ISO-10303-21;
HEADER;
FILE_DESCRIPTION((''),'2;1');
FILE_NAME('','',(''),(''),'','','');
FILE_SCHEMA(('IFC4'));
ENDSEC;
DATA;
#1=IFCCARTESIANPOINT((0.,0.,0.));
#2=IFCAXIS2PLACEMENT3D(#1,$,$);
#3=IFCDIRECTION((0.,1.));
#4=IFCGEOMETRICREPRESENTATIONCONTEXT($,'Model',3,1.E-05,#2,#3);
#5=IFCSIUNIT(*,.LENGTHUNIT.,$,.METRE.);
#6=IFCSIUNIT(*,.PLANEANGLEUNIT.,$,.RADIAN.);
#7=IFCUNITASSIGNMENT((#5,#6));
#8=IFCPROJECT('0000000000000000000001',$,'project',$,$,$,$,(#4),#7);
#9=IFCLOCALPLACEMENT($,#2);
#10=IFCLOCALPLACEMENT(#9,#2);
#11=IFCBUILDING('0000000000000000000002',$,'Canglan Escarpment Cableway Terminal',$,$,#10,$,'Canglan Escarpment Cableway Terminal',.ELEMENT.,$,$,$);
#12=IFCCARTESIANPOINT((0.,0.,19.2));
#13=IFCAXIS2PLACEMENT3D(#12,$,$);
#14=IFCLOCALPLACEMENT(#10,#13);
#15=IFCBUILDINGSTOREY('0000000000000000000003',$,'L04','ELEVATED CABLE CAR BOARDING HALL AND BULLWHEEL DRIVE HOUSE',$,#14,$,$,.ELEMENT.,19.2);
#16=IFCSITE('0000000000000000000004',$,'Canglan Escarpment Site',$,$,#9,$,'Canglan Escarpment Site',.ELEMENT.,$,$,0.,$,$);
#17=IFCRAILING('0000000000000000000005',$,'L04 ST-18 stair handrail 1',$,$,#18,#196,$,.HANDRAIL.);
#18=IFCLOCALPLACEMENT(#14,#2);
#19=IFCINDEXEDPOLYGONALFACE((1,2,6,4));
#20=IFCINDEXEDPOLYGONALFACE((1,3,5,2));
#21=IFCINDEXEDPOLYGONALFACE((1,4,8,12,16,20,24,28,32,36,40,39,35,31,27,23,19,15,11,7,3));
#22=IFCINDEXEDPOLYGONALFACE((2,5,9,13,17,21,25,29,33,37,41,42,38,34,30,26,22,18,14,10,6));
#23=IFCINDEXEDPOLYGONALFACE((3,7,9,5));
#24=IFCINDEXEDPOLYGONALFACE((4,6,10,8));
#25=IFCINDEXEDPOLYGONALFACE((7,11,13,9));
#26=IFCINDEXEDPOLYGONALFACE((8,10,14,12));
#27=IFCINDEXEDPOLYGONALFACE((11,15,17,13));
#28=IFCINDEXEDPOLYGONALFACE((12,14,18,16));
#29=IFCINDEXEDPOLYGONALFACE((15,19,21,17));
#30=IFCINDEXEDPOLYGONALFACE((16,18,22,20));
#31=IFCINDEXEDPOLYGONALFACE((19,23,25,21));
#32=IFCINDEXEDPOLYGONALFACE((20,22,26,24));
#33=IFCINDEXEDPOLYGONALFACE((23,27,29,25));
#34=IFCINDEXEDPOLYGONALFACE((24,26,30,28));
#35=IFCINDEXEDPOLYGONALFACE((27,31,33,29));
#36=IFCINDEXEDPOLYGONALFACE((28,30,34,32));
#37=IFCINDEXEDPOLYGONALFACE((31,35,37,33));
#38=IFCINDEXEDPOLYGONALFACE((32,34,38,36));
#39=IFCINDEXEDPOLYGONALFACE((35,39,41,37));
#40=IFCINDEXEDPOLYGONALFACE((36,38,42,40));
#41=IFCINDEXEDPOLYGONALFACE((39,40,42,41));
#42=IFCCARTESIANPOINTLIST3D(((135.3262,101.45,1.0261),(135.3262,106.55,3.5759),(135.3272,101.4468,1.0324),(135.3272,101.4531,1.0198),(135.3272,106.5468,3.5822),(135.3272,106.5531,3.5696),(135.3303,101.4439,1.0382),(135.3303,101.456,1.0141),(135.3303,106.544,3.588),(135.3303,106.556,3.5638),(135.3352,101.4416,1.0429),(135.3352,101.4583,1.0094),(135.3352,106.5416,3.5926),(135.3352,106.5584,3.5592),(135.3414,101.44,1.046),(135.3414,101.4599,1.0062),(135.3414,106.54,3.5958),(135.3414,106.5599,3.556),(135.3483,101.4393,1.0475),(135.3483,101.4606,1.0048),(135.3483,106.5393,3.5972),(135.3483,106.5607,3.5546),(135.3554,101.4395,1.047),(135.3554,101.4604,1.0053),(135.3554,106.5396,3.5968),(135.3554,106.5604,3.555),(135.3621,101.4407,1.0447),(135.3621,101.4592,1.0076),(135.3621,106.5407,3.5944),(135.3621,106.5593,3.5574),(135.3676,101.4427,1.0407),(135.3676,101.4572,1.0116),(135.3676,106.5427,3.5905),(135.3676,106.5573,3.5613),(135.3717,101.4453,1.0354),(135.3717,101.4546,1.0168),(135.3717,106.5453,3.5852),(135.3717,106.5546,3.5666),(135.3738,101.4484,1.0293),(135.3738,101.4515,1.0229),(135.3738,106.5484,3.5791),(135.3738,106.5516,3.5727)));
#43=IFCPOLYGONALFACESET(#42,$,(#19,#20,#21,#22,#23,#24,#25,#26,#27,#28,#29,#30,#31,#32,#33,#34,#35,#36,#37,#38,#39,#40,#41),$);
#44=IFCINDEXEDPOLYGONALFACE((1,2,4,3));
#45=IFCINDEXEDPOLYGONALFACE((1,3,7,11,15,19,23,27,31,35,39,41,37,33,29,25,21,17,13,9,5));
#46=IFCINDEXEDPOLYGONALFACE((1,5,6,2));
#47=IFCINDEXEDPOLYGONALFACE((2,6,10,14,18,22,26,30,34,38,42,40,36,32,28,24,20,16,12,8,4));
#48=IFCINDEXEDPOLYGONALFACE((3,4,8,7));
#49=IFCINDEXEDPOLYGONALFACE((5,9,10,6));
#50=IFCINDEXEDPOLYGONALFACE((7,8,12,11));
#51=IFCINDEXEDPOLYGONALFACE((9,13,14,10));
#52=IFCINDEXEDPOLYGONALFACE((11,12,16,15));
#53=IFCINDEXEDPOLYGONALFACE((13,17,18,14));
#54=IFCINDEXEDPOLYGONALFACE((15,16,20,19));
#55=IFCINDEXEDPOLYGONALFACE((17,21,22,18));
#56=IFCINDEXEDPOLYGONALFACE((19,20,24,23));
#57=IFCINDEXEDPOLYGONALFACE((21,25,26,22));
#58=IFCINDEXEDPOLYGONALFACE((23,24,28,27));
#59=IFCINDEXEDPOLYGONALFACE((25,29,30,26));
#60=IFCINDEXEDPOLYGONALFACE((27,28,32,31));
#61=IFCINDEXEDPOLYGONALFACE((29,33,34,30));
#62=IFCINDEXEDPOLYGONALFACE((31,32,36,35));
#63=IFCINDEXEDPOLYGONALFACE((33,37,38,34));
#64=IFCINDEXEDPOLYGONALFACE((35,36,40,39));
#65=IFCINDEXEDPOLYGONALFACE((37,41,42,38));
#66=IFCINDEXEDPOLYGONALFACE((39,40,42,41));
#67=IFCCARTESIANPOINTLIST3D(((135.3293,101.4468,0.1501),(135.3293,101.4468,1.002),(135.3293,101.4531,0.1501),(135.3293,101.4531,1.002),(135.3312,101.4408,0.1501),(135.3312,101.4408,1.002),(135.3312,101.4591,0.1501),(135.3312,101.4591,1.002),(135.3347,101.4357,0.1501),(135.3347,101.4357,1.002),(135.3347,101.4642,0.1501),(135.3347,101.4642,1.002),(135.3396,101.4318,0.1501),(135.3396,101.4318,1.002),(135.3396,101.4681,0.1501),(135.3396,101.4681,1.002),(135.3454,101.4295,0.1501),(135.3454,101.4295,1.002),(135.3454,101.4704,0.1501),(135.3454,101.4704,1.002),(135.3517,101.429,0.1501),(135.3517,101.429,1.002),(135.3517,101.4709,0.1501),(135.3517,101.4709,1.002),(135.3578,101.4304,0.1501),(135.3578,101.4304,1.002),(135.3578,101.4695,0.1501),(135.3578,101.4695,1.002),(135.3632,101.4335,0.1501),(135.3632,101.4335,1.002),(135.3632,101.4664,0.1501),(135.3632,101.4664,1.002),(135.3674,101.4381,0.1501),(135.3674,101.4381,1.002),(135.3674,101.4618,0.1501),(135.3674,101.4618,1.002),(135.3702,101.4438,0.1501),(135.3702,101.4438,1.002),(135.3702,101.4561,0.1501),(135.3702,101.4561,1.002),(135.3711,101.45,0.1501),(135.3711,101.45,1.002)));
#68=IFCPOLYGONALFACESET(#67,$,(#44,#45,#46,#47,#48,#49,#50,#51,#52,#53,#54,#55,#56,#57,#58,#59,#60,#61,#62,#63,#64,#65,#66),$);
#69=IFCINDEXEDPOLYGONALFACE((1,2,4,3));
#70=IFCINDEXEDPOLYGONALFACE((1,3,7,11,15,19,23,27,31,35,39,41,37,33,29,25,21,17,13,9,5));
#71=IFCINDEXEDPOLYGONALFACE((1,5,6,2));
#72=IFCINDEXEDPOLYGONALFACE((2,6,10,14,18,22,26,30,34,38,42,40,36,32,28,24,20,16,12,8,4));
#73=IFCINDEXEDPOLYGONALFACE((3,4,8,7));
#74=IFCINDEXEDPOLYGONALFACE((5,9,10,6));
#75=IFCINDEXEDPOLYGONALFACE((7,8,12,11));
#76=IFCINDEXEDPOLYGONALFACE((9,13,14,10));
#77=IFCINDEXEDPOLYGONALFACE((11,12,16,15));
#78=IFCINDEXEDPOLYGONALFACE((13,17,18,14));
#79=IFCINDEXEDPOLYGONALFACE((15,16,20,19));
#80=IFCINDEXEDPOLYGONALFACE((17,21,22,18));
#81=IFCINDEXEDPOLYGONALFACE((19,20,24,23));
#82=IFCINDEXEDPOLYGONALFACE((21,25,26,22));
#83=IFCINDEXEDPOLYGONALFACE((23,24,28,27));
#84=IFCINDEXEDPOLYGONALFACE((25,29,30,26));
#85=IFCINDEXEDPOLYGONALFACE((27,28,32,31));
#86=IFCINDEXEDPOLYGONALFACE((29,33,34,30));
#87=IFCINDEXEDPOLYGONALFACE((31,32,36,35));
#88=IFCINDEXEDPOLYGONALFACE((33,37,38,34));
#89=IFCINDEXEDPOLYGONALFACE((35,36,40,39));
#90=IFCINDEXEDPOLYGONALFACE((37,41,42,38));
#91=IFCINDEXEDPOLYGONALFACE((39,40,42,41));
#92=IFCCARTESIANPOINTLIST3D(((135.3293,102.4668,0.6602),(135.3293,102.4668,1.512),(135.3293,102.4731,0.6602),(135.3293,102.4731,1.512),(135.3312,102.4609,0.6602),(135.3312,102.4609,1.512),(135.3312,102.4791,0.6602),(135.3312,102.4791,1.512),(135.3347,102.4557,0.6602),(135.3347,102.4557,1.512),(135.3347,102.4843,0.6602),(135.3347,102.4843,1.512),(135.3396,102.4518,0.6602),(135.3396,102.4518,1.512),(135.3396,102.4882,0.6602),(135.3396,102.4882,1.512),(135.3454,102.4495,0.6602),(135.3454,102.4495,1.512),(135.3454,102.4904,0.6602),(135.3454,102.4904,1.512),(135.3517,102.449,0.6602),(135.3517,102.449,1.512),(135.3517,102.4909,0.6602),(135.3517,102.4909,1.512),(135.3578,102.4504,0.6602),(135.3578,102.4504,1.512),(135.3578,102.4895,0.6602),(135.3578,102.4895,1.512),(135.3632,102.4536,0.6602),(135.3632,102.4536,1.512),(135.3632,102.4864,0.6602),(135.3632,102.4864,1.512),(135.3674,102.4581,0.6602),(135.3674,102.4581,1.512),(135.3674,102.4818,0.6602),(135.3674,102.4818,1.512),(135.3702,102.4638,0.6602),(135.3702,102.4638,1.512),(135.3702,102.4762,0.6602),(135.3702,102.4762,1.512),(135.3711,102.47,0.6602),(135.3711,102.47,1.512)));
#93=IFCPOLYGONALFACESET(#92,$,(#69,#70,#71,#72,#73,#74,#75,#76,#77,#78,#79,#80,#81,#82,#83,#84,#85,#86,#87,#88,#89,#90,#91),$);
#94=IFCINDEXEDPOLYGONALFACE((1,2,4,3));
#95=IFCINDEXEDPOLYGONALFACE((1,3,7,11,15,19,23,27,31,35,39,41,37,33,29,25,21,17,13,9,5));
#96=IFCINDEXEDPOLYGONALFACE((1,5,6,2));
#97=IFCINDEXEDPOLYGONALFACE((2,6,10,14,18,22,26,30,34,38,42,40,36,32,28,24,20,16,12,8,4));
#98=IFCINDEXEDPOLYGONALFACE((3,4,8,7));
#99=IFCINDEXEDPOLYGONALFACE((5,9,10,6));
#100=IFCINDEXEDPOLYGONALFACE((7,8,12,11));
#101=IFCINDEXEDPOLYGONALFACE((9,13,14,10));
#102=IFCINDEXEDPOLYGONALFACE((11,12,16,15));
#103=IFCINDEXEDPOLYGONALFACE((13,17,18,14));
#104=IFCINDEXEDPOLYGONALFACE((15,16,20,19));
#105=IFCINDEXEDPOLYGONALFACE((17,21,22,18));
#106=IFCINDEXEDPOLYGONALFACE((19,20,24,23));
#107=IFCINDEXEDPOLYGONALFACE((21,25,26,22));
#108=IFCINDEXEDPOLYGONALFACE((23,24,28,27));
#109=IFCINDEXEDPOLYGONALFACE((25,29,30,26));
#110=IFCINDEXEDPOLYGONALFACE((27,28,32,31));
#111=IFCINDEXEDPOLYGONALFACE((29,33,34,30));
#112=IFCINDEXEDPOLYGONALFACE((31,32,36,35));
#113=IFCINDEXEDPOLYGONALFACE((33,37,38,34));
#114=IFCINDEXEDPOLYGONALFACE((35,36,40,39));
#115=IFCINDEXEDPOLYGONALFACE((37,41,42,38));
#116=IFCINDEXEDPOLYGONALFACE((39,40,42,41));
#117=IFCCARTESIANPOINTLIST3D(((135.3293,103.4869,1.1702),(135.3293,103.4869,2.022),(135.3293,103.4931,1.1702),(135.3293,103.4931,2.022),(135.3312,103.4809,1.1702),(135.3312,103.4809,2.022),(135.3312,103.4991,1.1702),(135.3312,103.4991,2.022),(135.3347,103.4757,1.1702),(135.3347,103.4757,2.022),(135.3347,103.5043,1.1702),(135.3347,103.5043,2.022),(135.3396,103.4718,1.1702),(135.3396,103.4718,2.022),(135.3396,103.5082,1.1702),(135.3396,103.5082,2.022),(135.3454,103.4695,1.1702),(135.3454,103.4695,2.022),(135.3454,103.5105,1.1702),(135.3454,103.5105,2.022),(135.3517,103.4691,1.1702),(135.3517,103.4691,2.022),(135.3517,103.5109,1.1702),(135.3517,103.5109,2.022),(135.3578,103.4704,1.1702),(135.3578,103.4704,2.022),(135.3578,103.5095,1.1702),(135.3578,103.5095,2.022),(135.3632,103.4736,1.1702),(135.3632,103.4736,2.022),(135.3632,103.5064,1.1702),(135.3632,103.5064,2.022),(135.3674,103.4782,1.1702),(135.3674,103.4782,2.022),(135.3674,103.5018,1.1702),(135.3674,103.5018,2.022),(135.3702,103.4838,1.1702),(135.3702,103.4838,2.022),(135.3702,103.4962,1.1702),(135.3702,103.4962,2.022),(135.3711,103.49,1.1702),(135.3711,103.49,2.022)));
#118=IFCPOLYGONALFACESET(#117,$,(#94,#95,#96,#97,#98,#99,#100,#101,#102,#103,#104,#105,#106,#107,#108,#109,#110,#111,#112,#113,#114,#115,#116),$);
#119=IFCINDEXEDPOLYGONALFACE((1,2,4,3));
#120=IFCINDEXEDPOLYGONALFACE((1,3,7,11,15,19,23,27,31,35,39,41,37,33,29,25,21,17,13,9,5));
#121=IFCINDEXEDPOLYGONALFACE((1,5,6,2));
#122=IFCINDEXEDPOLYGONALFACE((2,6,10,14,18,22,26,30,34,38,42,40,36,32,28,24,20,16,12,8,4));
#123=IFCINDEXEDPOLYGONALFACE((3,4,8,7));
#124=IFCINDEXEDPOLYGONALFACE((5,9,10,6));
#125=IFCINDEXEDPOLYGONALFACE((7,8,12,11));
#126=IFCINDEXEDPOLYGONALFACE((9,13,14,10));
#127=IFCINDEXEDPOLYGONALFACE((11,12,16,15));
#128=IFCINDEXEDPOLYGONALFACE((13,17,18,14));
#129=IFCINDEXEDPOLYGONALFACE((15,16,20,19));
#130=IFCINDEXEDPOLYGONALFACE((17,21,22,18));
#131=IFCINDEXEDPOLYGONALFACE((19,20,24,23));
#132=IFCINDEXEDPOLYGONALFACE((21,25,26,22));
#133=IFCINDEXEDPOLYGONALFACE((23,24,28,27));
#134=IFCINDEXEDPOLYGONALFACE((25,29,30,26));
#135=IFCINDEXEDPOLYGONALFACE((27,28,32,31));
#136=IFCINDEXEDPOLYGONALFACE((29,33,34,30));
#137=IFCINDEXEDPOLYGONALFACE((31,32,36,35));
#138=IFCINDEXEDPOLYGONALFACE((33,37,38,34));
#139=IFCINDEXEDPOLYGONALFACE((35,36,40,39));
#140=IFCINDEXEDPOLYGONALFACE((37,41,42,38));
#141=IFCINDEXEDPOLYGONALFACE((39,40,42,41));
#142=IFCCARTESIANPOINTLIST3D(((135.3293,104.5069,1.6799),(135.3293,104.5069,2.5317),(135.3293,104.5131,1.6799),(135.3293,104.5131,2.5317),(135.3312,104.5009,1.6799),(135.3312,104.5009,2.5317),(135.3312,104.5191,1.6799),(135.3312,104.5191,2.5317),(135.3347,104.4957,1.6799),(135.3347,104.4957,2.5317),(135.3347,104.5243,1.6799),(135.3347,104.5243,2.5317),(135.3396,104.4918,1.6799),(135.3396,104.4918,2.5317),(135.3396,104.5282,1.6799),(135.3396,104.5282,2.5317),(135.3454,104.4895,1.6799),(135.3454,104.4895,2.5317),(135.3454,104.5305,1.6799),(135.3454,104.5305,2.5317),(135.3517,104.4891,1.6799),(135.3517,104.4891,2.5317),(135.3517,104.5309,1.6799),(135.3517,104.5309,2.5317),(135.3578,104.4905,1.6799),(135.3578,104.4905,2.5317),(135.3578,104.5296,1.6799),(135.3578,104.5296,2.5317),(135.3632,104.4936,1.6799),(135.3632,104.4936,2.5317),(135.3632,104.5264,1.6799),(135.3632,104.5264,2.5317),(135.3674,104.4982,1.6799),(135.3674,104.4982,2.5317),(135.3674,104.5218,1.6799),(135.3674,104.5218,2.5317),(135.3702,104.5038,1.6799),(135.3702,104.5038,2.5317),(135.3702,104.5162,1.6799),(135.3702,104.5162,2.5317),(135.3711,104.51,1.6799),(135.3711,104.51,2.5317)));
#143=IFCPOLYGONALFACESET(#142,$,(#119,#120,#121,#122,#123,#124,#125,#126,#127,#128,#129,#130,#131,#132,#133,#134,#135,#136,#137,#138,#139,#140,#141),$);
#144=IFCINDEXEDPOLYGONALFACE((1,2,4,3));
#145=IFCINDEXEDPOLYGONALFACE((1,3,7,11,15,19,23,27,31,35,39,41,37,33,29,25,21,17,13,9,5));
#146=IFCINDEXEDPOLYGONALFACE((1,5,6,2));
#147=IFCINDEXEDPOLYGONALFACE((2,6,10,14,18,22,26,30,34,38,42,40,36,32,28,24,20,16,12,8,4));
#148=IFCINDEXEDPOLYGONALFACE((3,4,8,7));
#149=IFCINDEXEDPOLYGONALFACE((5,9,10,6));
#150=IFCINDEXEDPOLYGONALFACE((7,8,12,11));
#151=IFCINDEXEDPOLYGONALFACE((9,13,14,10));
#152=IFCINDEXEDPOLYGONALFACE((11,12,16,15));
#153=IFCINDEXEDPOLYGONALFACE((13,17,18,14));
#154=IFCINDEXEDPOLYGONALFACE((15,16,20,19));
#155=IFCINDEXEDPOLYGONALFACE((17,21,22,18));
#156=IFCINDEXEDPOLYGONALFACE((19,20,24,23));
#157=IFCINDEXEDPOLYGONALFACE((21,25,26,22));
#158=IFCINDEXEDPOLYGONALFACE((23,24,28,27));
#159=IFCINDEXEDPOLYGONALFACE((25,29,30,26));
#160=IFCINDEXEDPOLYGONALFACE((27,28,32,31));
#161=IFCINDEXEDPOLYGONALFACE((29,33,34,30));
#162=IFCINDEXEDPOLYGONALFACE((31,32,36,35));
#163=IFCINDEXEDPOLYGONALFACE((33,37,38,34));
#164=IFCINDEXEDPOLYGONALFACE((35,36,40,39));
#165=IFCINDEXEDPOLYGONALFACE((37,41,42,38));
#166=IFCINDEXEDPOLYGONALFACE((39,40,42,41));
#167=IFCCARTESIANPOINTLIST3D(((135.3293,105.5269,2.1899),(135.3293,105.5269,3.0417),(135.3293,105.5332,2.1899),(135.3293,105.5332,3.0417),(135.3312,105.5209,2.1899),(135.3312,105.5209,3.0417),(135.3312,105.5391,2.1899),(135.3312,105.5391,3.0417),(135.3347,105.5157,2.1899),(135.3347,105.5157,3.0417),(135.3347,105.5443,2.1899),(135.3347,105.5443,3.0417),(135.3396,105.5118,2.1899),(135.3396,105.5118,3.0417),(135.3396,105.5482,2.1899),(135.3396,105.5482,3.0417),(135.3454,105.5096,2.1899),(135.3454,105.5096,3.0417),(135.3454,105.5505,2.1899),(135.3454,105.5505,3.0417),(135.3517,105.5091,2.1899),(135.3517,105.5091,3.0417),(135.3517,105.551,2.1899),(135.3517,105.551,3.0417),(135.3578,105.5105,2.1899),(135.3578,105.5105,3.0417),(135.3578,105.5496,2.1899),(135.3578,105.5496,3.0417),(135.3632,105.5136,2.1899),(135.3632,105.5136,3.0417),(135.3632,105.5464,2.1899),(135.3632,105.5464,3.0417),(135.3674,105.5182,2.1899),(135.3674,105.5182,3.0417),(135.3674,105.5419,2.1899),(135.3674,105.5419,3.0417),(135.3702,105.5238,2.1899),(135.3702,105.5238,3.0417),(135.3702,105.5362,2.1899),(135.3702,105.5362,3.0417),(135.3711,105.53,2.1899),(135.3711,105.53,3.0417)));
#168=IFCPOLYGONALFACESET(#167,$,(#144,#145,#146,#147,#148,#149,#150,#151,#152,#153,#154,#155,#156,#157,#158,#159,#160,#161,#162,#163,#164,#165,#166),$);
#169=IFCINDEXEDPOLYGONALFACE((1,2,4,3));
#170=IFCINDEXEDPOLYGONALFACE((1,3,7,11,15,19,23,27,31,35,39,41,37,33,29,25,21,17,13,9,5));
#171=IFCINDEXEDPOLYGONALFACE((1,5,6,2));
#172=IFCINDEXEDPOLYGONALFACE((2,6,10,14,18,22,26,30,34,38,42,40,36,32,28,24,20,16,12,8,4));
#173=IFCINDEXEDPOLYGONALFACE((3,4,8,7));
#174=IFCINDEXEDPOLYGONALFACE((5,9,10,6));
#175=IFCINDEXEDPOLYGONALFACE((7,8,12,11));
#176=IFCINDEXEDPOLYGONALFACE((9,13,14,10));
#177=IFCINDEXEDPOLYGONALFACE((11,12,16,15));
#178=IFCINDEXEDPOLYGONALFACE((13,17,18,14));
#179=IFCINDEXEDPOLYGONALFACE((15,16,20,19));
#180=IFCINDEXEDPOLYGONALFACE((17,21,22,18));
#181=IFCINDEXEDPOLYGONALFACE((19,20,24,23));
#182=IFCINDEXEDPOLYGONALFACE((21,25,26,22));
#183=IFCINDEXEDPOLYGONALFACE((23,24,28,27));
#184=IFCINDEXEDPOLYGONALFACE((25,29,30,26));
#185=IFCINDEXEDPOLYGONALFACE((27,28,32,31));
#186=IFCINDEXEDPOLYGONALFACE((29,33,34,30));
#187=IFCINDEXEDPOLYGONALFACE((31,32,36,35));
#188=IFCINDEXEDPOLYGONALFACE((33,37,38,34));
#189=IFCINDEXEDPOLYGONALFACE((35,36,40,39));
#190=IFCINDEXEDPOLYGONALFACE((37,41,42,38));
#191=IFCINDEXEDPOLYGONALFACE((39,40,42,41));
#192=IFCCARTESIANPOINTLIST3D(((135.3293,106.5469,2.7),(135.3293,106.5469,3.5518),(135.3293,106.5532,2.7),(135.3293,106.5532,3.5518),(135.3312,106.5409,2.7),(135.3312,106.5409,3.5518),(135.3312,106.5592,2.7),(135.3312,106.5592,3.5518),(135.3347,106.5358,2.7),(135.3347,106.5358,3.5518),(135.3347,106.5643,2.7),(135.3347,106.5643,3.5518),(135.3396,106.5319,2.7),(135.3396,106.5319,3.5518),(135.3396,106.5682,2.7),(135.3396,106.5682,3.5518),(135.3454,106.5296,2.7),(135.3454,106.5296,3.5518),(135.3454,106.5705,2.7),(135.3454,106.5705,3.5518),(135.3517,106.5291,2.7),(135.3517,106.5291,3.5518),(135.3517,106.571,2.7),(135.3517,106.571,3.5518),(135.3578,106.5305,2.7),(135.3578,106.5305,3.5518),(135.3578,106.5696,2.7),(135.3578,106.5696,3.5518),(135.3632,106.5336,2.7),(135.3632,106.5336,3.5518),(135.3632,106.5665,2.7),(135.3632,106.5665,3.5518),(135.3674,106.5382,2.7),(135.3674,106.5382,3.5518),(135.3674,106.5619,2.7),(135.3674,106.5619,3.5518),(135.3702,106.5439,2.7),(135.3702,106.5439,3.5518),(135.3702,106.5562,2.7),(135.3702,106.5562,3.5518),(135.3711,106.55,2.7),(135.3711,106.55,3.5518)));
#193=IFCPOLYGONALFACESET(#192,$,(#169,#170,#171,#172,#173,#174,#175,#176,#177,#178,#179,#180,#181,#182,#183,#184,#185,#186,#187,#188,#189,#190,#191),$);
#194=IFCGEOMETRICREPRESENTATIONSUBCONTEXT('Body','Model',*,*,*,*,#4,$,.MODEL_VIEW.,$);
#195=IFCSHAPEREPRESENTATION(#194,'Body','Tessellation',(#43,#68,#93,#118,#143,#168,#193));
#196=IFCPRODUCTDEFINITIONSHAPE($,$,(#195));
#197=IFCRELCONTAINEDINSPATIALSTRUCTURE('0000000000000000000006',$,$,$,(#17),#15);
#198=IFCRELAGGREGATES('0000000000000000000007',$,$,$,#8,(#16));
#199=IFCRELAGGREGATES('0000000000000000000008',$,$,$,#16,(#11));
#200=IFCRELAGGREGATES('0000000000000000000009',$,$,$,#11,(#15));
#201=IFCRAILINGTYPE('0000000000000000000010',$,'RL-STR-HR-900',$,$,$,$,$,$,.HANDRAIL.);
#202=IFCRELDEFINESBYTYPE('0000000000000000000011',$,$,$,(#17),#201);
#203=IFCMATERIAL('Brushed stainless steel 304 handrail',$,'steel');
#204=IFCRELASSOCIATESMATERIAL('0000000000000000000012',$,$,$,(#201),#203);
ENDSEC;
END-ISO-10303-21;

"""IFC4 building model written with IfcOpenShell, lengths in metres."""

from ifc_helpers import new_model, si_unit, direction, frame, origin, origin_2d, place, context, subcontext, project, spatial, circle, extrude, material, type_object, element, save


model = new_model("IFC4")

# Units and contexts
model_context = context("Model", 3, precision=1e-05, world=origin(), true_north=direction((0.0, 1.0)))
body_context = subcontext(model_context, "Body", "Model", "MODEL_VIEW")
ifc_project = project(units=[si_unit("LENGTHUNIT", "METRE"), si_unit("PLANEANGLEUNIT", "RADIAN")], contexts=[model_context])

# Site, building, storey
site_placement = place(None, origin())
site = spatial("IfcSite", under=ifc_project, at=site_placement, Name="Canglan Escarpment Site", LongName="Canglan Escarpment Site", CompositionType="ELEMENT", RefElevation=0.0)
building_placement = place(site_placement, origin())
building = spatial("IfcBuilding", under=site, at=building_placement, Name="Canglan Escarpment Cableway Terminal", LongName="Canglan Escarpment Cableway Terminal", CompositionType="ELEMENT")
storey_placement = place(building_placement, frame((0.0, 0.0, 19.2)))
storey = spatial("IfcBuildingStorey", under=building, at=storey_placement, Name="L04", Description="ELEVATED CABLE CAR BOARDING HALL AND BULLWHEEL DRIVE HOUSE", CompositionType="ELEMENT", Elevation=19.2)

# Railing
ifc_material_1 = material(Name="Brushed stainless steel 304 handrail", Category="steel")
railing_type_1 = type_object("IfcRailingType", Name="RL-STR-HR-900", PredefinedType="HANDRAIL", material=ifc_material_1)
railing_1_placement = place(storey_placement, frame((135.3501, 101.45, 0.1501)))
element("IfcRailing", 1, at=railing_1_placement, inside=storey, type_object=railing_type_1, Name="L04 ST-18 stair handrail 1", PredefinedType="HANDRAIL", context=body_context, shape_type="SweptSolid", body=[
    extrude(circle(Radius=0.0239, at=origin_2d()), frame((0.0, 0.0, 0.876), z_axis=(0.0, 0.894444, 0.447179), x_axis=(-1.0, 0.0, 0.0)), (0.0, 0.0, 1.0), 5.7019),
    extrude(circle(Radius=0.021, at=origin_2d()), origin(), (0.0, 0.0, 1.0), 0.8518),
    extrude(circle(Radius=0.021, at=origin_2d()), frame((0.0, 1.02, 0.51)), (0.0, 0.0, 1.0), 0.8518),
    extrude(circle(Radius=0.021, at=origin_2d()), frame((0.0, 2.04, 1.02)), (0.0, 0.0, 1.0), 0.8518),
    extrude(circle(Radius=0.021, at=origin_2d()), frame((0.0, 3.0601, 1.5298)), (0.0, 0.0, 1.0), 0.8518),
    extrude(circle(Radius=0.021, at=origin_2d()), frame((0.0, 4.0801, 2.0398)), (0.0, 0.0, 1.0), 0.8518),
    extrude(circle(Radius=0.021, at=origin_2d()), frame((0.0, 5.1001, 2.5498)), (0.0, 0.0, 1.0), 0.8518),
])

save(model, "model.ifc")
